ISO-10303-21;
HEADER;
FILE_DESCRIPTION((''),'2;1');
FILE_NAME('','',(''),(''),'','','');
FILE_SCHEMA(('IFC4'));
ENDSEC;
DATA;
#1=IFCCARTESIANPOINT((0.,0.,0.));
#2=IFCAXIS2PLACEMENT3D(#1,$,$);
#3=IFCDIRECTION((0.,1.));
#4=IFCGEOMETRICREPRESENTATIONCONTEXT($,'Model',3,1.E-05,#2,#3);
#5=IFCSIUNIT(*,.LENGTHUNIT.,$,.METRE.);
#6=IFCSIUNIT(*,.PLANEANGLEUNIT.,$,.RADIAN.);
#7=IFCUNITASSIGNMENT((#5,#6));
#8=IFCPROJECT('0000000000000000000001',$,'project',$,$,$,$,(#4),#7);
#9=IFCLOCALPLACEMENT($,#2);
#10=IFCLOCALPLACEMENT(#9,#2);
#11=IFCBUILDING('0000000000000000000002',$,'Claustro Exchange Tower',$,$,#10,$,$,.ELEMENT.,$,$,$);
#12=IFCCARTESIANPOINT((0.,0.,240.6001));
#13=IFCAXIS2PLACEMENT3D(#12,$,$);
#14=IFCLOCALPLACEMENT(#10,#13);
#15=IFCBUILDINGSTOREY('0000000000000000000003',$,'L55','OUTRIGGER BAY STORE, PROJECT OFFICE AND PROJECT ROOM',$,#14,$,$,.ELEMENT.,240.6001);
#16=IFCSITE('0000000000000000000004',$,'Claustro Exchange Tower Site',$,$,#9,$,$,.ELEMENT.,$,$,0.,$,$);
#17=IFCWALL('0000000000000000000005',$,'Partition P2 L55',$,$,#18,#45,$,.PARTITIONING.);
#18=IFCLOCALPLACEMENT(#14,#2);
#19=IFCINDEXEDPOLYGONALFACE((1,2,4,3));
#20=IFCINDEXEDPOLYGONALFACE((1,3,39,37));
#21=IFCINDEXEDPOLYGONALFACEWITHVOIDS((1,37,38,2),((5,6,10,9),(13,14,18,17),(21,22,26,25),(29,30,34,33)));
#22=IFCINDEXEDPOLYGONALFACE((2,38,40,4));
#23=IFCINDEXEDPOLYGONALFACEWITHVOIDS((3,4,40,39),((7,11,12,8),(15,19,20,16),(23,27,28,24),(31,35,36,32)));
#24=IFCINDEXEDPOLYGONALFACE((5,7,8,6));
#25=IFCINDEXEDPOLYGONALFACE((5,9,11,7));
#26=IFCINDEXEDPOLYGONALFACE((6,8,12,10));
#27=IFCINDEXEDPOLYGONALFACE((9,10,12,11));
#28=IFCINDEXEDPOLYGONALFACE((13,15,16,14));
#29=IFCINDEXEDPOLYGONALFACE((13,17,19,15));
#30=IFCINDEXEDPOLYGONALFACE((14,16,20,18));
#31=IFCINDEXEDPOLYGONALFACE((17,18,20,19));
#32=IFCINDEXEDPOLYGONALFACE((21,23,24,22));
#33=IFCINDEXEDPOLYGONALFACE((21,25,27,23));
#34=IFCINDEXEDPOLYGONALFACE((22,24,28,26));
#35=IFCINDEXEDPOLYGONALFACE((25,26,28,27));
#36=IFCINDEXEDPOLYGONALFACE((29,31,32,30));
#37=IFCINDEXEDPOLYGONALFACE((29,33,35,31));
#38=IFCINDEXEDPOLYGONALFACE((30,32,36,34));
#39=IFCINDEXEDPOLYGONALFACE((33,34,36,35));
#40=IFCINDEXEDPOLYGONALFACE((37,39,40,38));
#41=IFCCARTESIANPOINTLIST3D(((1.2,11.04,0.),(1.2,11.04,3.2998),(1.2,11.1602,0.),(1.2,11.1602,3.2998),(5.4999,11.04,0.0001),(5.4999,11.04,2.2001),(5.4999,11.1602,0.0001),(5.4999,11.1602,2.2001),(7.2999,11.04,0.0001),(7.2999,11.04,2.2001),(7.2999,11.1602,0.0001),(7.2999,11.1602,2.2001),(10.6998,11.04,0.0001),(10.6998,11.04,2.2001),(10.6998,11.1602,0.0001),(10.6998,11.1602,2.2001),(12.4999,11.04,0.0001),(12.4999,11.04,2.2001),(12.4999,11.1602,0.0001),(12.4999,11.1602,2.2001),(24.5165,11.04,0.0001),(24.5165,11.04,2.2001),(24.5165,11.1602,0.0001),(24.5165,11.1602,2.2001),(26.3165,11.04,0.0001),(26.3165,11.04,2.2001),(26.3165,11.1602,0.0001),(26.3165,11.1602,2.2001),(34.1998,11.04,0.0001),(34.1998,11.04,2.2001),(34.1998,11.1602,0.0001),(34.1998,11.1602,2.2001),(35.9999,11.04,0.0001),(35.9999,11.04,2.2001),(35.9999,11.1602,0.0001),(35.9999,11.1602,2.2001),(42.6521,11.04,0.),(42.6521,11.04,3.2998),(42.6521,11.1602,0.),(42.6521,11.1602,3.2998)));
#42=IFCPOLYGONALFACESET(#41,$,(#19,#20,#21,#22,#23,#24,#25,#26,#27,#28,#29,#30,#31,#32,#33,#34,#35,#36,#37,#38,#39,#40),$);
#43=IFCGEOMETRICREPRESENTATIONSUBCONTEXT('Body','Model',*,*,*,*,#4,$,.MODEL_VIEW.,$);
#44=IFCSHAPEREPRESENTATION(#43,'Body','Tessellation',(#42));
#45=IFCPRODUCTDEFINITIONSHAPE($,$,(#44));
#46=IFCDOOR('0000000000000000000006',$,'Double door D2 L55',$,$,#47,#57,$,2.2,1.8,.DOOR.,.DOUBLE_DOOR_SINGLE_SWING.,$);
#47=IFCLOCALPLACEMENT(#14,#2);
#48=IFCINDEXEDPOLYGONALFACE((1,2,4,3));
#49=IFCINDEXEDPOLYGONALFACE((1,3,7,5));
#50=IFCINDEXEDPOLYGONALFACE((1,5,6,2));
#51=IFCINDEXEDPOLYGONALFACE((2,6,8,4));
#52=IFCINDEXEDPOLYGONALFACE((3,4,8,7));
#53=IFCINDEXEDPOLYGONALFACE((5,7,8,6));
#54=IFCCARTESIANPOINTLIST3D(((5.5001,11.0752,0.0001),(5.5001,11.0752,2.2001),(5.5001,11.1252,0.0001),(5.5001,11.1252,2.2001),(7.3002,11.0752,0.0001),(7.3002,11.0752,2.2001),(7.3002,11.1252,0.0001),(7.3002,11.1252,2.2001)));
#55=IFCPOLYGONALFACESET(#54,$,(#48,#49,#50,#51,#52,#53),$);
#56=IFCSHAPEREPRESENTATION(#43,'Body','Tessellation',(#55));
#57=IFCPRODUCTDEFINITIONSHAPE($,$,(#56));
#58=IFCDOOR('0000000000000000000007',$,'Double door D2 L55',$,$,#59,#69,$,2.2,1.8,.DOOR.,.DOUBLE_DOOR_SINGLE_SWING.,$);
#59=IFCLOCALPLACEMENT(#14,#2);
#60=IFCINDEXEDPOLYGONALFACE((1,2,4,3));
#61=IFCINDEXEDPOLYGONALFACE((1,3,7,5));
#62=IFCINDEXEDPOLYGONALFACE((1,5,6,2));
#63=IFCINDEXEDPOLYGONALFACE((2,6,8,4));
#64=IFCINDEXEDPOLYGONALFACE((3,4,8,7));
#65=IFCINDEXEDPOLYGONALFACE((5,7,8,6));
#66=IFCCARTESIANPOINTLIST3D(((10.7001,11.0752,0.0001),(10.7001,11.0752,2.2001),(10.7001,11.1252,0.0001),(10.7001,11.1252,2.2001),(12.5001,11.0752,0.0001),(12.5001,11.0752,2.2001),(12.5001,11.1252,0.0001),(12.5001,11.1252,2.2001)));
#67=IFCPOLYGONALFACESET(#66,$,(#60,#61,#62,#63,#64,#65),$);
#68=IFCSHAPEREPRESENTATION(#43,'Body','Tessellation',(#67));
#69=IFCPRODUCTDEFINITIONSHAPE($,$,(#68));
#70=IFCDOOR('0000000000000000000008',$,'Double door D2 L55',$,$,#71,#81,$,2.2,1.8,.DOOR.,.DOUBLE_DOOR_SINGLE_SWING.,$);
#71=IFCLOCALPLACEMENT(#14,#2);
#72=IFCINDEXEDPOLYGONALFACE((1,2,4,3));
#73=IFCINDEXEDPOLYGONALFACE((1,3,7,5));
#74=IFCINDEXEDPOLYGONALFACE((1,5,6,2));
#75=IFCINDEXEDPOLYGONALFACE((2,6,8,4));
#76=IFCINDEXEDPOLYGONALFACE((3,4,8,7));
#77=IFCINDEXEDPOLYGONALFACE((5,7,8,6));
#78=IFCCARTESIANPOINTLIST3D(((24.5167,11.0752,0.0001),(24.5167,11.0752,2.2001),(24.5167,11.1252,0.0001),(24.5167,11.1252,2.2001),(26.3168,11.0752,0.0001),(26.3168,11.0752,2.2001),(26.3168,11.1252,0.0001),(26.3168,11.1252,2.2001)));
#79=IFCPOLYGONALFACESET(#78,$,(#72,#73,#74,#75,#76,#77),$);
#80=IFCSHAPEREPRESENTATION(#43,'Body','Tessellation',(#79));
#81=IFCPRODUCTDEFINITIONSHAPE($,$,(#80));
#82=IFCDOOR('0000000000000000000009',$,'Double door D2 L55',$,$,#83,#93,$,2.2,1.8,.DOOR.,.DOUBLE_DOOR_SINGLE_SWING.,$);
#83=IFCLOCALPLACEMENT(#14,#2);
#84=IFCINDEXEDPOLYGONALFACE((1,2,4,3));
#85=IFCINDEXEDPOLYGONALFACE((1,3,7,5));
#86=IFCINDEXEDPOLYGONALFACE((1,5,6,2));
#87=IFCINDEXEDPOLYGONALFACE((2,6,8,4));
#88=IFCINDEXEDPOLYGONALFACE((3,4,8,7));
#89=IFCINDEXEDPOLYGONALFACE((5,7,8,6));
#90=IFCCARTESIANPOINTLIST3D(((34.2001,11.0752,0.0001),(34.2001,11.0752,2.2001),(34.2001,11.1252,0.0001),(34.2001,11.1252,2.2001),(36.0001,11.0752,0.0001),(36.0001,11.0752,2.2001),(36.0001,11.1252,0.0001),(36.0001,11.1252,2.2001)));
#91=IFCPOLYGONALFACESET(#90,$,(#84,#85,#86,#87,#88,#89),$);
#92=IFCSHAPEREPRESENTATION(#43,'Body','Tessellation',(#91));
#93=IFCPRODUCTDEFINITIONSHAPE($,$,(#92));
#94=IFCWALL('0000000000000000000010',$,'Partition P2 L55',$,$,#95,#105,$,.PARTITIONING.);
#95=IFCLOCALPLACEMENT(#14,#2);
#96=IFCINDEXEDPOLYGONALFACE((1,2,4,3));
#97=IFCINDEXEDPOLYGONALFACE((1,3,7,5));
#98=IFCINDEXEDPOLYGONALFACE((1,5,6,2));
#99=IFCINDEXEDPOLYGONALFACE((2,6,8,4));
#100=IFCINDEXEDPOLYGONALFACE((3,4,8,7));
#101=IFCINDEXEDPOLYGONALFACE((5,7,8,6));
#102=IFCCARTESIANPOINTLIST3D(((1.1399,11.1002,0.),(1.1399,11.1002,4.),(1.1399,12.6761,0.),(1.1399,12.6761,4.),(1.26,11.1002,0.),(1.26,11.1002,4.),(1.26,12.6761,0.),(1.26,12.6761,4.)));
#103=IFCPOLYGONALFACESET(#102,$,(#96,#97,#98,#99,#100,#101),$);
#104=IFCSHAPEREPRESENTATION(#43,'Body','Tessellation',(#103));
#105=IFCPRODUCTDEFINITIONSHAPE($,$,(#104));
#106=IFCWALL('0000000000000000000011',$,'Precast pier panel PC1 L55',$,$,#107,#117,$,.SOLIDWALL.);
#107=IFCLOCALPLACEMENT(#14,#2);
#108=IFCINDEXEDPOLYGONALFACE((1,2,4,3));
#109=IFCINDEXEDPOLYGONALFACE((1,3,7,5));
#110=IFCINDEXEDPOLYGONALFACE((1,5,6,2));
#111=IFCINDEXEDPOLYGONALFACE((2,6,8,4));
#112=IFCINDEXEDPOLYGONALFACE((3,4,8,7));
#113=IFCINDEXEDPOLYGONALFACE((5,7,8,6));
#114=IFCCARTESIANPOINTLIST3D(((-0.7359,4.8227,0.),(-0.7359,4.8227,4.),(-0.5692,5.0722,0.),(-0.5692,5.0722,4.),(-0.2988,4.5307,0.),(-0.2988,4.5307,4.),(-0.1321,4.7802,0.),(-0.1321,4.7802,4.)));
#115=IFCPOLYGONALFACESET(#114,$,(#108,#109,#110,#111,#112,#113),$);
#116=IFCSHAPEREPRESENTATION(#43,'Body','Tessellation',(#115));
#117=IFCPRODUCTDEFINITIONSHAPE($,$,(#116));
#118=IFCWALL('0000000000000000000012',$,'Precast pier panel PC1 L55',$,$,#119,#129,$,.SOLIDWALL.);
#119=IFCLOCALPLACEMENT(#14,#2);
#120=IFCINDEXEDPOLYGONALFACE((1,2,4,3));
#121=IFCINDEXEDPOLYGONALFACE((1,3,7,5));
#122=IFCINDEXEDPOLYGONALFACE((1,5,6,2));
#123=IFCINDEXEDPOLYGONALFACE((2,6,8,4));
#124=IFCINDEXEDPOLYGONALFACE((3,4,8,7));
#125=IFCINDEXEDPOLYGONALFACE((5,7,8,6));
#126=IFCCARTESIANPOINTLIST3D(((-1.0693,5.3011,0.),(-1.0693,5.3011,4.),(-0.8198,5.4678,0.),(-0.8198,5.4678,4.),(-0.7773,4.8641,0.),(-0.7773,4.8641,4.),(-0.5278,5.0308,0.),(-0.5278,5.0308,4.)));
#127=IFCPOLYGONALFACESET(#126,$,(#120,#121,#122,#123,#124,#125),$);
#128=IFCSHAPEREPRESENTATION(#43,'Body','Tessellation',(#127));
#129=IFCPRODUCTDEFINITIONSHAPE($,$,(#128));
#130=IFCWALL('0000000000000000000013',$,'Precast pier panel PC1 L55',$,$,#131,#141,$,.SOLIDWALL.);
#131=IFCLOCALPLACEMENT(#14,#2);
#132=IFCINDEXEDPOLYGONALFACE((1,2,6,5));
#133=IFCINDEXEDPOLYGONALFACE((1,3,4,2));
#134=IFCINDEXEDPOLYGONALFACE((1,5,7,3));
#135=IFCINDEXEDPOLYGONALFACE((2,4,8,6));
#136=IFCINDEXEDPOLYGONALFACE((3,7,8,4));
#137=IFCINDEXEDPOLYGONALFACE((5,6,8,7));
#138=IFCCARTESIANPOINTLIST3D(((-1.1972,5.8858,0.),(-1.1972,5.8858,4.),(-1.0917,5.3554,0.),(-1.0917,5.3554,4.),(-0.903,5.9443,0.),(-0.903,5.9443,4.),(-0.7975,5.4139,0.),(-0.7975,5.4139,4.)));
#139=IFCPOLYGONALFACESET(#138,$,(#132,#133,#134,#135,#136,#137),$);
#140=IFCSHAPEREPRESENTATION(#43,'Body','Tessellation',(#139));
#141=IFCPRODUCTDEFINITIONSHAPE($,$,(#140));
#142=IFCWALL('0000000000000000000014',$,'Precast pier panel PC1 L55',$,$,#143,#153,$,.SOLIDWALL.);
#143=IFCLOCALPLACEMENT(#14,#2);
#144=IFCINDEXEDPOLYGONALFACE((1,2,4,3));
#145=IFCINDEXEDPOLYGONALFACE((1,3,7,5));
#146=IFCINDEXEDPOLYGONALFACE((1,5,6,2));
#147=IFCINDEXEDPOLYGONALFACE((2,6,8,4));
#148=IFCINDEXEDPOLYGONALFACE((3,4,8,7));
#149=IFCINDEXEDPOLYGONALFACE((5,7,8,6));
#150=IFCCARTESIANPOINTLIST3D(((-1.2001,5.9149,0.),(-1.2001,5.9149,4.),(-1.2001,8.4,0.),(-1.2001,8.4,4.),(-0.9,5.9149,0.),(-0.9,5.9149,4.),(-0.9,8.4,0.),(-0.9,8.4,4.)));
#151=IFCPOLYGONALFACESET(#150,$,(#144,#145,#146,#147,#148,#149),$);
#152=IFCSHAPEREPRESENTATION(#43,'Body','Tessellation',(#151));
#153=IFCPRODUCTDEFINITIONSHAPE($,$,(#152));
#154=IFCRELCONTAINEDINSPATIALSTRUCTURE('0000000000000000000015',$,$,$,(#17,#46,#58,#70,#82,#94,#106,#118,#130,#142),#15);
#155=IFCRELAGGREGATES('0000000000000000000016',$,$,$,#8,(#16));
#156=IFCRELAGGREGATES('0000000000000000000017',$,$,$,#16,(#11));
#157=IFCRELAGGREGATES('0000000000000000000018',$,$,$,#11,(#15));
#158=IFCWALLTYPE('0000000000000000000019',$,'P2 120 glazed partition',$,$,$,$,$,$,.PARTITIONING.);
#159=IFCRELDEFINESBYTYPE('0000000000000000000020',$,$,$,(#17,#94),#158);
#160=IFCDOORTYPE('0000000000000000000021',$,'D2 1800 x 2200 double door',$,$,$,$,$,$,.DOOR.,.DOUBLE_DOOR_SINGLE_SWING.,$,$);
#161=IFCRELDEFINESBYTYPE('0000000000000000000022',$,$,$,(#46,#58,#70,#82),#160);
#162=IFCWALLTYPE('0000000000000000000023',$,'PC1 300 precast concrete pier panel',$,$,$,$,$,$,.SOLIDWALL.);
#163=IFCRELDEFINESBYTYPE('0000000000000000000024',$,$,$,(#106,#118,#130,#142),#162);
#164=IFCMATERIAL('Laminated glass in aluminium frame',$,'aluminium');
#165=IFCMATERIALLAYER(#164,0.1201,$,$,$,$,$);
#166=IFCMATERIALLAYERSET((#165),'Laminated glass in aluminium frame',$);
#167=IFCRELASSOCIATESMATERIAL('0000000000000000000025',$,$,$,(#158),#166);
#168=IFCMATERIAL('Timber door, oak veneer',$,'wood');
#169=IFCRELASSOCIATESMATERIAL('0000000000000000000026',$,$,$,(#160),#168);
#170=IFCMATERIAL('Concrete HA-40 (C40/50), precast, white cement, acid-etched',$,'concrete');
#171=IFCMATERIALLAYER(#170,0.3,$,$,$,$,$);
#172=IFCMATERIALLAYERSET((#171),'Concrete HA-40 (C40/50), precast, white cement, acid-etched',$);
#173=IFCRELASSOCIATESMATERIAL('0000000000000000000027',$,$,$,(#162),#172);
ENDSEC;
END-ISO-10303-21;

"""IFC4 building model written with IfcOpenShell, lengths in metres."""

from ifc_helpers import new_model, si_unit, direction, frame, frame_2d, origin, place, context, subcontext, project, spatial, rectangle, extrude, material, layer, layer_set, type_object, element, fill, save


model = new_model("IFC4")

# Units and contexts
model_context = context("Model", 3, precision=1e-05, world=origin(), true_north=direction((0.0, 1.0)))
body_context = subcontext(model_context, "Body", "Model", "MODEL_VIEW")
ifc_project = project(units=[si_unit("LENGTHUNIT", "METRE"), si_unit("PLANEANGLEUNIT", "RADIAN")], contexts=[model_context])

# Site, building, storey
site_placement = place(None, origin())
site = spatial("IfcSite", under=ifc_project, at=site_placement, Name="Claustro Exchange Tower Site", CompositionType="ELEMENT", RefElevation=0.0)
building_placement = place(site_placement, origin())
building = spatial("IfcBuilding", under=site, at=building_placement, Name="Claustro Exchange Tower", CompositionType="ELEMENT")
storey_placement = place(building_placement, frame((0.0, 0.0, 240.6001)))
storey = spatial("IfcBuildingStorey", under=building, at=storey_placement, Name="L55", Description="OUTRIGGER BAY STORE, PROJECT OFFICE AND PROJECT ROOM", CompositionType="ELEMENT", Elevation=240.6001)

# Wall, openings, doors
ifc_material_1 = material(Name="Laminated glass in aluminium frame", Category="aluminium")
ifc_layer_1 = layer(ifc_material_1, 0.1201)
ifc_layer_set_1 = layer_set([ifc_layer_1], Name="Laminated glass in aluminium frame")
wall_type_1 = type_object("IfcWallType", Name="P2 120 glazed partition", PredefinedType="PARTITIONING", material=ifc_layer_set_1)
wall_1_placement = place(storey_placement, frame((1.2, 11.1001, 0.0), z_axis=(0.0, 0.0, 1.0), x_axis=(1.0, 0.0, 0.0)))
wall_1 = element("IfcWall", 1, at=wall_1_placement, inside=storey, type_object=wall_type_1, Name="Partition P2 L55", PredefinedType="PARTITIONING", context=body_context, shape_type="SweptSolid", body=[
    extrude(rectangle(XDim=41.4521, YDim=0.1201, at=frame_2d((20.7261, 0.0))), origin(), (0.0, 0.0, 1.0), 3.2998),
])
opening_1_placement = place(wall_1_placement, frame((4.3, 0.0, 0.0)))
opening_1 = element("IfcOpeningElement", 2, at=opening_1_placement, cuts=wall_1, PredefinedType="OPENING", context=body_context, shape_type="SweptSolid", body=[
    extrude(rectangle(XDim=1.8, YDim=2.2, at=frame_2d((0.8999, 1.1001))), frame((0.0, 0.0701, 0.0), z_axis=(0.0, -1.0, 0.0), x_axis=(1.0, 0.0, 0.0)), (0.0, 0.0, 1.0), 0.1401),
])
opening_2_placement = place(wall_1_placement, frame((9.5, 0.0, 0.0)))
opening_2 = element("IfcOpeningElement", 3, at=opening_2_placement, cuts=wall_1, PredefinedType="OPENING", context=body_context, shape_type="SweptSolid", body=[
    extrude(rectangle(XDim=1.8, YDim=2.2, at=frame_2d((0.8999, 1.1001))), frame((0.0, 0.0701, 0.0), z_axis=(0.0, -1.0, 0.0), x_axis=(1.0, 0.0, 0.0)), (0.0, 0.0, 1.0), 0.1401),
])
opening_3_placement = place(wall_1_placement, frame((23.3167, 0.0, 0.0)))
opening_3 = element("IfcOpeningElement", 4, at=opening_3_placement, cuts=wall_1, PredefinedType="OPENING", context=body_context, shape_type="SweptSolid", body=[
    extrude(rectangle(XDim=1.8, YDim=2.2, at=frame_2d((0.8999, 1.1001))), frame((0.0, 0.0701, 0.0), z_axis=(0.0, -1.0, 0.0), x_axis=(1.0, 0.0, 0.0)), (0.0, 0.0, 1.0), 0.1401),
])
opening_4_placement = place(wall_1_placement, frame((33.0, 0.0, 0.0)))
opening_4 = element("IfcOpeningElement", 5, at=opening_4_placement, cuts=wall_1, PredefinedType="OPENING", context=body_context, shape_type="SweptSolid", body=[
    extrude(rectangle(XDim=1.8, YDim=2.2, at=frame_2d((0.8999, 1.1001))), frame((0.0, 0.0701, 0.0), z_axis=(0.0, -1.0, 0.0), x_axis=(1.0, 0.0, 0.0)), (0.0, 0.0, 1.0), 0.1401),
])
ifc_material_2 = material(Name="Timber door, oak veneer", Category="wood")
door_type_1 = type_object("IfcDoorType", Name="D2 1800 x 2200 double door", OperationType="DOUBLE_DOOR_SINGLE_SWING", PredefinedType="DOOR", material=ifc_material_2)
door_1_placement = place(opening_1_placement, frame((1.8, 0.0, 0.0), z_axis=(0.0, 0.0, 1.0), x_axis=(-1.0, 0.0, 0.0)))
door_1 = element("IfcDoor", 6, at=door_1_placement, inside=storey, type_object=door_type_1, Name="Double door D2 L55", OperationType="DOUBLE_DOOR_SINGLE_SWING", OverallHeight=2.2, OverallWidth=1.8, PredefinedType="DOOR", context=body_context, shape_type="SweptSolid", body=[
    extrude(rectangle(XDim=1.8, YDim=2.2, at=frame_2d((0.8999, 1.1001))), frame((0.0, 0.0249, 0.0), z_axis=(0.0, -1.0, 0.0), x_axis=(1.0, 0.0, 0.0)), (0.0, 0.0, 1.0), 0.05),
])
fill(opening_1, door_1)
door_2_placement = place(opening_2_placement, frame((1.8, 0.0, 0.0), z_axis=(0.0, 0.0, 1.0), x_axis=(-1.0, 0.0, 0.0)))
door_2 = element("IfcDoor", 7, at=door_2_placement, inside=storey, type_object=door_type_1, Name="Double door D2 L55", OperationType="DOUBLE_DOOR_SINGLE_SWING", OverallHeight=2.2, OverallWidth=1.8, PredefinedType="DOOR", context=body_context, shape_type="SweptSolid", body=[
    extrude(rectangle(XDim=1.8, YDim=2.2, at=frame_2d((0.8999, 1.1001))), frame((0.0, 0.0249, 0.0), z_axis=(0.0, -1.0, 0.0), x_axis=(1.0, 0.0, 0.0)), (0.0, 0.0, 1.0), 0.05),
])
fill(opening_2, door_2)
door_3_placement = place(opening_3_placement, frame((1.8, 0.0, 0.0), z_axis=(0.0, 0.0, 1.0), x_axis=(-1.0, 0.0, 0.0)))
door_3 = element("IfcDoor", 8, at=door_3_placement, inside=storey, type_object=door_type_1, Name="Double door D2 L55", OperationType="DOUBLE_DOOR_SINGLE_SWING", OverallHeight=2.2, OverallWidth=1.8, PredefinedType="DOOR", context=body_context, shape_type="SweptSolid", body=[
    extrude(rectangle(XDim=1.8, YDim=2.2, at=frame_2d((0.8999, 1.1001))), frame((0.0, 0.0249, 0.0), z_axis=(0.0, -1.0, 0.0), x_axis=(1.0, 0.0, 0.0)), (0.0, 0.0, 1.0), 0.05),
])
fill(opening_3, door_3)
door_4_placement = place(opening_4_placement, frame((1.8, 0.0, 0.0), z_axis=(0.0, 0.0, 1.0), x_axis=(-1.0, 0.0, 0.0)))
door_4 = element("IfcDoor", 9, at=door_4_placement, inside=storey, type_object=door_type_1, Name="Double door D2 L55", OperationType="DOUBLE_DOOR_SINGLE_SWING", OverallHeight=2.2, OverallWidth=1.8, PredefinedType="DOOR", context=body_context, shape_type="SweptSolid", body=[
    extrude(rectangle(XDim=1.8, YDim=2.2, at=frame_2d((0.8999, 1.1001))), frame((0.0, 0.0249, 0.0), z_axis=(0.0, -1.0, 0.0), x_axis=(1.0, 0.0, 0.0)), (0.0, 0.0, 1.0), 0.05),
])
fill(opening_4, door_4)

# Walls
wall_2_placement = place(storey_placement, frame((1.2, 11.1001, 0.0), z_axis=(0.0, 0.0, 1.0), x_axis=(0.0, 1.0, 0.0)))
element("IfcWall", 10, at=wall_2_placement, inside=storey, type_object=wall_type_1, Name="Partition P2 L55", PredefinedType="PARTITIONING", context=body_context, shape_type="SweptSolid", body=[
    extrude(rectangle(XDim=1.5759, YDim=0.1201, at=frame_2d((0.7881, 0.0))), origin(), (0.0, 0.0, 1.0), 4.0),
])
ifc_material_3 = material(Name="Concrete HA-40 (C40/50), precast, white cement, acid-etched", Category="concrete")
ifc_layer_2 = layer(ifc_material_3, 0.3)
ifc_layer_set_2 = layer_set([ifc_layer_2], Name="Concrete HA-40 (C40/50), precast, white cement, acid-etched")
wall_type_2 = type_object("IfcWallType", Name="PC1 300 precast concrete pier panel", PredefinedType="SOLIDWALL", material=ifc_layer_set_2)
for number, where, z_axis, x_axis, name in (
    (11, (-0.2156, 4.6555, 0.0), (0.0, 0.0, 1.0), (-0.831478, 0.555557, 0.0), "Precast pier panel PC1 L55"),
    (12, (-0.6526, 4.9475, 0.0), (0.0, 0.0, 1.0), (-0.555557, 0.831478, 0.0), "Precast pier panel PC1 L55"),
):
    element("IfcWall", number, at=place(storey_placement, frame(where, z_axis=z_axis, x_axis=x_axis)), inside=storey, type_object=wall_type_2, Name=name, PredefinedType="SOLIDWALL", context=body_context, shape_type="SweptSolid", body=[
        extrude(rectangle(XDim=0.5256, YDim=0.3, at=frame_2d((0.2627, 0.0))), origin(), (0.0, 0.0, 1.0), 4.0),
    ])
wall_3_placement = place(storey_placement, frame((-0.9446, 5.3845, 0.0), z_axis=(0.0, 0.0, 1.0), x_axis=(-0.195074, 0.980789, 0.0)))
element("IfcWall", 13, at=wall_3_placement, inside=storey, type_object=wall_type_2, Name="Precast pier panel PC1 L55", PredefinedType="SOLIDWALL", context=body_context, shape_type="SweptSolid", body=[
    extrude(rectangle(XDim=0.5408, YDim=0.3, at=frame_2d((0.2705, 0.0))), origin(), (0.0, 0.0, 1.0), 4.0),
])
wall_4_placement = place(storey_placement, frame((-1.05, 5.9148, 0.0), z_axis=(0.0, 0.0, 1.0), x_axis=(0.0, 1.0, 0.0)))
element("IfcWall", 14, at=wall_4_placement, inside=storey, type_object=wall_type_2, Name="Precast pier panel PC1 L55", PredefinedType="SOLIDWALL", context=body_context, shape_type="SweptSolid", body=[
    extrude(rectangle(XDim=2.4851, YDim=0.3, at=frame_2d((1.2427, 0.0))), origin(), (0.0, 0.0, 1.0), 4.0),
])

save(model, "model.ifc")
